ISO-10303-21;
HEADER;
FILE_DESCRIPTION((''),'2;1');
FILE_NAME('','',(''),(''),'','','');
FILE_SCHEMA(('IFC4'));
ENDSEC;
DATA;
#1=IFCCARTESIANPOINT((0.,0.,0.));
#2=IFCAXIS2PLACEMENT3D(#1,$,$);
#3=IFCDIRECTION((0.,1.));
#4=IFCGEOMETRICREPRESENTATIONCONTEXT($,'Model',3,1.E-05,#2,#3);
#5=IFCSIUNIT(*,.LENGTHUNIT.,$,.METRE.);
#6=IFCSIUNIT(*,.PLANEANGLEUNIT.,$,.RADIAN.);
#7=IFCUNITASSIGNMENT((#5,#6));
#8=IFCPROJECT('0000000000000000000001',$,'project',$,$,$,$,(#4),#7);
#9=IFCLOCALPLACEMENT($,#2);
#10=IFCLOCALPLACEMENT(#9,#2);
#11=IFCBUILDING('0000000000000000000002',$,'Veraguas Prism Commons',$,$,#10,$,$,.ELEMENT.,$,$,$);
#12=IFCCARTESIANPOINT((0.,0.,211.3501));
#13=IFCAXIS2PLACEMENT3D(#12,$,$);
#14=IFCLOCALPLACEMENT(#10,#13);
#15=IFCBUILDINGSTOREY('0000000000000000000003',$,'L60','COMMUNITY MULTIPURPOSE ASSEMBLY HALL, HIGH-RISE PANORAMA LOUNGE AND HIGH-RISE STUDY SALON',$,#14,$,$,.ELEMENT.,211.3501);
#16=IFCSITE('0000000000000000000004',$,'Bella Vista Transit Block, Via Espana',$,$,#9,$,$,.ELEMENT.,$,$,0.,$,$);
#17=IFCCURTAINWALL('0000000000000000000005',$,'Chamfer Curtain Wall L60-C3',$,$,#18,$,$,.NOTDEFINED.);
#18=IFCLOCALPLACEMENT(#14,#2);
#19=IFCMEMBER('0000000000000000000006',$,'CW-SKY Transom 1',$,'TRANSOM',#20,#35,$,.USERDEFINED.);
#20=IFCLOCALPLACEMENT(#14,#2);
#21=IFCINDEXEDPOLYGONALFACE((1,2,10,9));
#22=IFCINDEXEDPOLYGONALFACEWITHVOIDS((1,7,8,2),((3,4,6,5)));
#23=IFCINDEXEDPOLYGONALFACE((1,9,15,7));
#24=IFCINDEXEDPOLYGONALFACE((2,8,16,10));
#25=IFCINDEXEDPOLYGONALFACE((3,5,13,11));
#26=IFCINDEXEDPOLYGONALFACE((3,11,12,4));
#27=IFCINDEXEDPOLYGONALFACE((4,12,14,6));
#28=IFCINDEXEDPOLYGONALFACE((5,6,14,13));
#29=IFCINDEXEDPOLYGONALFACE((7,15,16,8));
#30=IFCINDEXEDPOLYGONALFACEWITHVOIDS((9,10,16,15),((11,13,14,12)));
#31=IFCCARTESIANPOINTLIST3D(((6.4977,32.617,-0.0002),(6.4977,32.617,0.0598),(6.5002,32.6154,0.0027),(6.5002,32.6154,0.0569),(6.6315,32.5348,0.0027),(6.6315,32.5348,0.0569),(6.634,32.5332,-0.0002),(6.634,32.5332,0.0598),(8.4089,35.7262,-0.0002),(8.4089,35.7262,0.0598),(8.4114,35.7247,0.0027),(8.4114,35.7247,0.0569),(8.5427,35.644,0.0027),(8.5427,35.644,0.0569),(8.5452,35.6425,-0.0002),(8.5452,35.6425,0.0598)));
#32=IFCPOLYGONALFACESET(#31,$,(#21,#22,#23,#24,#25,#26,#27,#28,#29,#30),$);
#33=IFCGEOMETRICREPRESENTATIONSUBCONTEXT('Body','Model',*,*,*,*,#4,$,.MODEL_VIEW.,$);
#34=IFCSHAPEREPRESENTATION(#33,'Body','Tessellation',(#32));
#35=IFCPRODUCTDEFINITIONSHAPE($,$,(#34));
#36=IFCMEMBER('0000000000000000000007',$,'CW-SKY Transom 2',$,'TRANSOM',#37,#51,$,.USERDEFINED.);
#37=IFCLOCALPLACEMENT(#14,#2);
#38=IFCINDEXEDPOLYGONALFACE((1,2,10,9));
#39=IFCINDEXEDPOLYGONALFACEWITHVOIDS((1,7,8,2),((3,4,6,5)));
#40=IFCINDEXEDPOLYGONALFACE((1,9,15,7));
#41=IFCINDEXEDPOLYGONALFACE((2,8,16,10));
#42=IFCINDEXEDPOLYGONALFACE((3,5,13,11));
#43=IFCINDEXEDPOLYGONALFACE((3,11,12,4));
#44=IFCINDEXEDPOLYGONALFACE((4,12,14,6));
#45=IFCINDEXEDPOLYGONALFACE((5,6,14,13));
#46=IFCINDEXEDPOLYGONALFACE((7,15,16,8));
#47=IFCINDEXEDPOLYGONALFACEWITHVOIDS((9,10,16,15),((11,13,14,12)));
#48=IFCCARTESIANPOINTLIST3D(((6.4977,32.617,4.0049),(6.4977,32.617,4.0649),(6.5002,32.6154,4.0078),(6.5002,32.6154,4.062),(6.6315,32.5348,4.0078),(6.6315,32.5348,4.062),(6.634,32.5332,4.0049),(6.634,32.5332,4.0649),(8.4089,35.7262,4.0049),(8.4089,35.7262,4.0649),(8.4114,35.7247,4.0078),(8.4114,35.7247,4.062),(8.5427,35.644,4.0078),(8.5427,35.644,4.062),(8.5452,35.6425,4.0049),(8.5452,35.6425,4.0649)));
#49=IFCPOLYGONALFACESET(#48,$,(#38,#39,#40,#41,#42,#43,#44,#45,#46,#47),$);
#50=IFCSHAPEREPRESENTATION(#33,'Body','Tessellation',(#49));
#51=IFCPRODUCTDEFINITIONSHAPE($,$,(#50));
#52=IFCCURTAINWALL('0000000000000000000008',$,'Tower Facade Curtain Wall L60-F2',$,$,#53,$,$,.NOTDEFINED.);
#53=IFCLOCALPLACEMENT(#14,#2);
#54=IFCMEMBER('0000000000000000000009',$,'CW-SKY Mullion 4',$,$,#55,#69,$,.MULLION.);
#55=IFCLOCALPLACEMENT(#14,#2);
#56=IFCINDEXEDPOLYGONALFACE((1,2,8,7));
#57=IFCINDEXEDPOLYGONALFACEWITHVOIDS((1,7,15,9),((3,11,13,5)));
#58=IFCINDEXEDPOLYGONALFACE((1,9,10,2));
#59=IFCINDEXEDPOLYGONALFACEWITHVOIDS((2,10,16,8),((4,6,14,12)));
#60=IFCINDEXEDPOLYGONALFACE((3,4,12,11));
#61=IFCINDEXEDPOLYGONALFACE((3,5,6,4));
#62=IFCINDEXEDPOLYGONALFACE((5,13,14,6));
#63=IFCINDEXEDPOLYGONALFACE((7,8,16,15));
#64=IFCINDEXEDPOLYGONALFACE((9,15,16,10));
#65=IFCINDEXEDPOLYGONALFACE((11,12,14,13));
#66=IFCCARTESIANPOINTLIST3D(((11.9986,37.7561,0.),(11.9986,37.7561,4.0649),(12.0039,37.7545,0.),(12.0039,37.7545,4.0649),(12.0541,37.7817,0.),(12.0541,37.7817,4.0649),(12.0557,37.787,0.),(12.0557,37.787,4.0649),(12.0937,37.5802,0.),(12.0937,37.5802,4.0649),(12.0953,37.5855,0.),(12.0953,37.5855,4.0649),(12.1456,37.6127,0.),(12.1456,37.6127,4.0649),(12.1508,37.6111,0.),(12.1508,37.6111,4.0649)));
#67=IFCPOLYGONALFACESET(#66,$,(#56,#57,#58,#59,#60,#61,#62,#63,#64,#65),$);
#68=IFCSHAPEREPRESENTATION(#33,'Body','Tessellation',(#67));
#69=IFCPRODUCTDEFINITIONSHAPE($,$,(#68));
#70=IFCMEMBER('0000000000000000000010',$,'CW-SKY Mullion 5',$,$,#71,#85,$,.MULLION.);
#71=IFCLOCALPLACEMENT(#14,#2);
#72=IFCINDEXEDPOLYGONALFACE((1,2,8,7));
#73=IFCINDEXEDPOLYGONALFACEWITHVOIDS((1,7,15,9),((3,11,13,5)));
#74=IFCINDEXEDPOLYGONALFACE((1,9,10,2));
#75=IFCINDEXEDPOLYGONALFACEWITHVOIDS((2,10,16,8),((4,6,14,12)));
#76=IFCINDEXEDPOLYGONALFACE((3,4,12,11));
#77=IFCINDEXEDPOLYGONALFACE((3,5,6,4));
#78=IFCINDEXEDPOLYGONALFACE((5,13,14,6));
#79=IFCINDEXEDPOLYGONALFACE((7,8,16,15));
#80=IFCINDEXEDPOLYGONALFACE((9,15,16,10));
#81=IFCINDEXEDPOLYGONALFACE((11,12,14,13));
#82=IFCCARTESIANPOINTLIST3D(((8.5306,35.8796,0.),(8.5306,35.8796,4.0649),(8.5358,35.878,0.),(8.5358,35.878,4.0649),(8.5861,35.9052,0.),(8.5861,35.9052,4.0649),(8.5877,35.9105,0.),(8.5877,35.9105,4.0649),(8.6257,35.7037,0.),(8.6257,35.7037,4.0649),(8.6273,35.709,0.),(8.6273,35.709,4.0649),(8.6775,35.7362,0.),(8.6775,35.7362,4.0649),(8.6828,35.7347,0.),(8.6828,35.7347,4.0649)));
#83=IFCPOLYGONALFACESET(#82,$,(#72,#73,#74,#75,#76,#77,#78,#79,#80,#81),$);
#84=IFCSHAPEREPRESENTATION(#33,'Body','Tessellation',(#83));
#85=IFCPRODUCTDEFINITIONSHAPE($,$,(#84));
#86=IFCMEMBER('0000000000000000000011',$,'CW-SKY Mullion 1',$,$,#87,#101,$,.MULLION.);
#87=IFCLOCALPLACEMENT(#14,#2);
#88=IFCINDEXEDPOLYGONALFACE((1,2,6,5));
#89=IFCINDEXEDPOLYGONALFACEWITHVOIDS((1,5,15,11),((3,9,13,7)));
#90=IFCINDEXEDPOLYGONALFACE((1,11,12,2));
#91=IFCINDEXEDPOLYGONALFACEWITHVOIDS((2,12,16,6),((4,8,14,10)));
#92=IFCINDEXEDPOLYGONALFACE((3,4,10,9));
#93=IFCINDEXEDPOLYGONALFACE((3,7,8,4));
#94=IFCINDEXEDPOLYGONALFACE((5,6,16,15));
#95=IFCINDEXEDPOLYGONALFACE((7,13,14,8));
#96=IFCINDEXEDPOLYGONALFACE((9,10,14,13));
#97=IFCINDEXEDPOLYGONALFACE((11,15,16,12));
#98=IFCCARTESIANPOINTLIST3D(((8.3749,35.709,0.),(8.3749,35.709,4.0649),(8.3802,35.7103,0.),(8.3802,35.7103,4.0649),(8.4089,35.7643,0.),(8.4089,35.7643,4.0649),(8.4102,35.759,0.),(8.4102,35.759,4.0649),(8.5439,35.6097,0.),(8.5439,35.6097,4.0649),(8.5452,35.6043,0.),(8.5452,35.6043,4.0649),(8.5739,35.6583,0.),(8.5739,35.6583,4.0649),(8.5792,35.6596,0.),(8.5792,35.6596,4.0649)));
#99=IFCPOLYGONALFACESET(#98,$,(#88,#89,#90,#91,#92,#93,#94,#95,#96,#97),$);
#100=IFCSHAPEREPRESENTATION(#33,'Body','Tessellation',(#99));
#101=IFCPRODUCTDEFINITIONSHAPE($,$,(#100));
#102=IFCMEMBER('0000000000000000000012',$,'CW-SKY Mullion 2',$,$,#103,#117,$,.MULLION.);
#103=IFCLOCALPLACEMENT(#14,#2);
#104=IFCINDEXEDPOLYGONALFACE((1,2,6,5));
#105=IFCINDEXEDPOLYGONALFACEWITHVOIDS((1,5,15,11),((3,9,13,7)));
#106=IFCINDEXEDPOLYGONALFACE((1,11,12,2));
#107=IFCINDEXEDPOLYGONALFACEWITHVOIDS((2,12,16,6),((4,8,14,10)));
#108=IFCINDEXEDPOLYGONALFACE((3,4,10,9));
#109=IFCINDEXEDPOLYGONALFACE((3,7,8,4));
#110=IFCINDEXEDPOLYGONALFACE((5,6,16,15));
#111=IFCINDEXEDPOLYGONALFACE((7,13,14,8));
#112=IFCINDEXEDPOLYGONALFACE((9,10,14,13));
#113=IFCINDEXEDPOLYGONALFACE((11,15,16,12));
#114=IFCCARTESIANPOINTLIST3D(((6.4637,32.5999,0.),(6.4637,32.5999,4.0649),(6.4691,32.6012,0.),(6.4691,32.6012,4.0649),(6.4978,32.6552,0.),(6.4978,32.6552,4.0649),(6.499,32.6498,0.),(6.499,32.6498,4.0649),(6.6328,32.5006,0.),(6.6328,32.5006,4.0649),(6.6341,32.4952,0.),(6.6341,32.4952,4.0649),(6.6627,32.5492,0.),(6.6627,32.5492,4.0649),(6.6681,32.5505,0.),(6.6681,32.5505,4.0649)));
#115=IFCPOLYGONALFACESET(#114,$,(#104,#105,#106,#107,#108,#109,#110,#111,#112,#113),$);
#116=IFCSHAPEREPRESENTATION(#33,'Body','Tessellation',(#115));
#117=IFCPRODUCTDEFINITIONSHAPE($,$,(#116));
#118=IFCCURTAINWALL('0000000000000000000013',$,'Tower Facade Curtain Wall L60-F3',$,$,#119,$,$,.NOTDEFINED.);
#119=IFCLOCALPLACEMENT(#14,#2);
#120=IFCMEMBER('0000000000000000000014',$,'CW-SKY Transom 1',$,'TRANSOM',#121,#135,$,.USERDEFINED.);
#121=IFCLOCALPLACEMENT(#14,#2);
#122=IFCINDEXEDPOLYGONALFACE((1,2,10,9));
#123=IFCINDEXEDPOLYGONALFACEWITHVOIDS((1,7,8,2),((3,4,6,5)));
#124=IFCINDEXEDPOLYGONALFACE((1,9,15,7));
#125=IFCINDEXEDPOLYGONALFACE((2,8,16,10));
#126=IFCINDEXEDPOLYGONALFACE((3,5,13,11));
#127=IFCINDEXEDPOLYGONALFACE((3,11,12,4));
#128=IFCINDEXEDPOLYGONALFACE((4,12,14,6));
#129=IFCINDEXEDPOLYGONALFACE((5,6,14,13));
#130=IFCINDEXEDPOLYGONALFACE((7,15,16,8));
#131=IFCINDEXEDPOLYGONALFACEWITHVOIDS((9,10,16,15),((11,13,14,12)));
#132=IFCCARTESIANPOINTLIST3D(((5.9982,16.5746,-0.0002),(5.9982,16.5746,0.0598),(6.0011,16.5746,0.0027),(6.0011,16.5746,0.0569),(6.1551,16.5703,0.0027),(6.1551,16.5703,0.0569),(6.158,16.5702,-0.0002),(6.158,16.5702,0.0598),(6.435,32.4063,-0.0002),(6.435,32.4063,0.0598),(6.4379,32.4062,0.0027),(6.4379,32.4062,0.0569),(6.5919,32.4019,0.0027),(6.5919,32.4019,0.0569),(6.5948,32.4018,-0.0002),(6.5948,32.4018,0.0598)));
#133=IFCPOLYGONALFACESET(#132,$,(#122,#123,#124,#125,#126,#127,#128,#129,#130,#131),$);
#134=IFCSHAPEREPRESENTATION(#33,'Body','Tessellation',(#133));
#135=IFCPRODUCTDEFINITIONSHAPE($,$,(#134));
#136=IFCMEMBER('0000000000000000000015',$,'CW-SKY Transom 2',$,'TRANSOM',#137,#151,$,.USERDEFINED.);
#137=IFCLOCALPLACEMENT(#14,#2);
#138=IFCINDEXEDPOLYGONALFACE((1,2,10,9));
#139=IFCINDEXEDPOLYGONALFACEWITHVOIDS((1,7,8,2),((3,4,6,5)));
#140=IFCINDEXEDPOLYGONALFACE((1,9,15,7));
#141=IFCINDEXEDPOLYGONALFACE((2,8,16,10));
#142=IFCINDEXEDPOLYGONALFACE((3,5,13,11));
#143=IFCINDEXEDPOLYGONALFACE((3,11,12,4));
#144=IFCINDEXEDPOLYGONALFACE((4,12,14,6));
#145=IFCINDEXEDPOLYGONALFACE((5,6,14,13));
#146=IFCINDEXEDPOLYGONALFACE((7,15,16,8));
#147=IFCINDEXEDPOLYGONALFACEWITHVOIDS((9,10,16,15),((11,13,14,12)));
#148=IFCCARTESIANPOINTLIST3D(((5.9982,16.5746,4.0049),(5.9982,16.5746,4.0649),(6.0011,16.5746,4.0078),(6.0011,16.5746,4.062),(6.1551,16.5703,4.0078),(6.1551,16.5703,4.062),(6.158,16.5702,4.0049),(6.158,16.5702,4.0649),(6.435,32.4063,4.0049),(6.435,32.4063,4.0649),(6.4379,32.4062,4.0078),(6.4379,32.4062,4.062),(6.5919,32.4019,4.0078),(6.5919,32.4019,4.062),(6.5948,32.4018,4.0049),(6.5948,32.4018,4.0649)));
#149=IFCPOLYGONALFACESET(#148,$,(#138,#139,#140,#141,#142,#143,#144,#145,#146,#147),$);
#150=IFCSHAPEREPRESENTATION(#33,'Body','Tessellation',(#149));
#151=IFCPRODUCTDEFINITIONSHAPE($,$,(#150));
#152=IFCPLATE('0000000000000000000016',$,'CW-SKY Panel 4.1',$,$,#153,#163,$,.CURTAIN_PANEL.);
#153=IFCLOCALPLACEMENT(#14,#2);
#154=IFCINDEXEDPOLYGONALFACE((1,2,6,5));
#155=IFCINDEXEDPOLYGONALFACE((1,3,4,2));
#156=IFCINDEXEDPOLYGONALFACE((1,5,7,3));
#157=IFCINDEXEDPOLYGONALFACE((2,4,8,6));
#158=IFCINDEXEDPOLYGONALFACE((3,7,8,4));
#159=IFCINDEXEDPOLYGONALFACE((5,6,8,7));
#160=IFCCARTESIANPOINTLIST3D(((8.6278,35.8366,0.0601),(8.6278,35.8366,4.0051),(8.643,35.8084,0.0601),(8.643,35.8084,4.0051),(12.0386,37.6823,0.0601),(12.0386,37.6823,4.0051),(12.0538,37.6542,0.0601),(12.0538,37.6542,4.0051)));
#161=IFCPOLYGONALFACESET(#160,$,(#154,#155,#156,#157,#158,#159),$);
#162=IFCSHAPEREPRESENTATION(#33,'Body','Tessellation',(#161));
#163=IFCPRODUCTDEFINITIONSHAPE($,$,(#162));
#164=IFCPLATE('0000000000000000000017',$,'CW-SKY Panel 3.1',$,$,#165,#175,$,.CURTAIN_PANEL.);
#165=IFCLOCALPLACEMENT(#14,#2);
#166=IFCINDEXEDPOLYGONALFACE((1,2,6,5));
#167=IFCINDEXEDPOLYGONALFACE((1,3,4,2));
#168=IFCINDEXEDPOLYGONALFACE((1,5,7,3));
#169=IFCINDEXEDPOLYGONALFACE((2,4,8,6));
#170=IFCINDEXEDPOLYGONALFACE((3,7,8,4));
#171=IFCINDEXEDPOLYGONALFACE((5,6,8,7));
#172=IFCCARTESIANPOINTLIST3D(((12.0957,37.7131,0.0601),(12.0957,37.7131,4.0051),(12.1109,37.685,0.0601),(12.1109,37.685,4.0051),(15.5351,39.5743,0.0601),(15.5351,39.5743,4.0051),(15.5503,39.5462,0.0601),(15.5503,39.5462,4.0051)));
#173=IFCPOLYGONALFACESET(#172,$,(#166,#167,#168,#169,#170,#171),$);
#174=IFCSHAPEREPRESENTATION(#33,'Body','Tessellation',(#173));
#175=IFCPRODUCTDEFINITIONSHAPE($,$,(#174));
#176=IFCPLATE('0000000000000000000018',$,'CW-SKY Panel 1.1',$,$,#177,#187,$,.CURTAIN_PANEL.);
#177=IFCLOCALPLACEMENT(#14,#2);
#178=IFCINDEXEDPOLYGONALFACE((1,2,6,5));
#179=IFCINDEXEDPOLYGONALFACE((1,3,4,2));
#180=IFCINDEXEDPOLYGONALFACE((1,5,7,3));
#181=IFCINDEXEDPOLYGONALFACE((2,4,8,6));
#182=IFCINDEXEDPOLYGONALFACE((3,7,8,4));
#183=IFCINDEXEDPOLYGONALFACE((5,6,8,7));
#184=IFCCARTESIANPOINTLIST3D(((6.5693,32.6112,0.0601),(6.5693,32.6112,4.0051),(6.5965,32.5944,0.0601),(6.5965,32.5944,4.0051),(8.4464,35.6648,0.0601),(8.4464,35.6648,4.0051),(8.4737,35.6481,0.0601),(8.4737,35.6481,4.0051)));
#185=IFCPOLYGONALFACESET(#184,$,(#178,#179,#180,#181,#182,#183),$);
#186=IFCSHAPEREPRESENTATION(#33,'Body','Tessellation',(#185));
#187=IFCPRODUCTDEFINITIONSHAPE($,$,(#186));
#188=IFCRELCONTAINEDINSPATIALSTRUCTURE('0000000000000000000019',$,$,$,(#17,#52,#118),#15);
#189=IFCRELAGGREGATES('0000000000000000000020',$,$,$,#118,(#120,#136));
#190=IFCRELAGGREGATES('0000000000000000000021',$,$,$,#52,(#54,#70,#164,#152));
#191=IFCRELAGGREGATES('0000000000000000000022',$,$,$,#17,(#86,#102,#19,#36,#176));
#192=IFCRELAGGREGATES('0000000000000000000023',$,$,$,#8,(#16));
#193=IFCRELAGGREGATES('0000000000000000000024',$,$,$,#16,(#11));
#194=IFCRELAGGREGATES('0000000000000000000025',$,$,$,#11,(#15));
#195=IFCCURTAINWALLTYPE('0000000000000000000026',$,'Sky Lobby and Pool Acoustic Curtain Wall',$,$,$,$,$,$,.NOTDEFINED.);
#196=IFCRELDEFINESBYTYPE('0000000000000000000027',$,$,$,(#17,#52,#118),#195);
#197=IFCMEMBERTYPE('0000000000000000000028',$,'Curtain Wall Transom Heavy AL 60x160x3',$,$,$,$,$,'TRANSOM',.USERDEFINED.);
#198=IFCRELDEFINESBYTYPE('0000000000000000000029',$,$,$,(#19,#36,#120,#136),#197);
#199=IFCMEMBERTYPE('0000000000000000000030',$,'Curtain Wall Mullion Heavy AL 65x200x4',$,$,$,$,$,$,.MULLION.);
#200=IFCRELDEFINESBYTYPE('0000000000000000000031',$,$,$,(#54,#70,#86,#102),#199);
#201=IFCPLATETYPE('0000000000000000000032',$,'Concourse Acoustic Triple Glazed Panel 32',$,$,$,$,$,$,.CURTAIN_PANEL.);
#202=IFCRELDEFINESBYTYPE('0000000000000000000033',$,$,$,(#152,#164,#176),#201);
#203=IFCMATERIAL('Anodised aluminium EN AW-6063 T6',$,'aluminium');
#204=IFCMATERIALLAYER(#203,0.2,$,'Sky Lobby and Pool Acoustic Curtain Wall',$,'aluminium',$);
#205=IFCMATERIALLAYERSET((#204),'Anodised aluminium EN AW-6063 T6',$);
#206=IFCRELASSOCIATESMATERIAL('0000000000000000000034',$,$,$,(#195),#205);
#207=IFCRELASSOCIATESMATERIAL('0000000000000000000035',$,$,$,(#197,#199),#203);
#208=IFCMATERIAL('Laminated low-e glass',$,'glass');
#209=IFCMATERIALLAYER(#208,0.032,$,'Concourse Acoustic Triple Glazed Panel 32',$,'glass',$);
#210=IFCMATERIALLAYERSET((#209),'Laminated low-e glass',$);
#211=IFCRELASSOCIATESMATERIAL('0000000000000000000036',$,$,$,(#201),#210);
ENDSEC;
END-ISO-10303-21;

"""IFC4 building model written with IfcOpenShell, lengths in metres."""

from ifc_helpers import new_model, si_unit, direction, frame, origin, origin_2d, place, context, subcontext, project, spatial, rectangle, hollow_rectangle, extrude, source, transform, mapped, material, layer, layer_set, material_profile, profile_set, type_object, element, aggregate, save


model = new_model("IFC4")

# Units and contexts
model_context = context("Model", 3, precision=1e-05, world=origin(), true_north=direction((0.0, 1.0)))
body_context = subcontext(model_context, "Body", "Model", "MODEL_VIEW")
ifc_project = project(units=[si_unit("LENGTHUNIT", "METRE"), si_unit("PLANEANGLEUNIT", "RADIAN")], contexts=[model_context])

# Site, building, storey
site_placement = place(None, origin())
site = spatial("IfcSite", under=ifc_project, at=site_placement, Name="Bella Vista Transit Block, Via Espana", CompositionType="ELEMENT", RefElevation=0.0)
building_placement = place(site_placement, origin())
building = spatial("IfcBuilding", under=site, at=building_placement, Name="Veraguas Prism Commons", CompositionType="ELEMENT")
storey_placement = place(building_placement, frame((0.0, 0.0, 211.3501)))
storey = spatial("IfcBuildingStorey", under=building, at=storey_placement, Name="L60", Description="COMMUNITY MULTIPURPOSE ASSEMBLY HALL, HIGH-RISE PANORAMA LOUNGE AND HIGH-RISE STUDY SALON", CompositionType="ELEMENT", Elevation=211.3501)

# Curtain walls, members
ifc_material_1 = material(Name="Anodised aluminium EN AW-6063 T6", Category="aluminium")
ifc_layer_1 = layer(ifc_material_1, 0.2, Name="Sky Lobby and Pool Acoustic Curtain Wall", Category="aluminium")
ifc_layer_set_1 = layer_set([ifc_layer_1], Name="Anodised aluminium EN AW-6063 T6")
curtain_wall_type = type_object("IfcCurtainWallType", Name="Sky Lobby and Pool Acoustic Curtain Wall", PredefinedType="NOTDEFINED", material=ifc_layer_set_1)
curtain_wall_1_placement = place(storey_placement, origin())
curtain_wall_1 = element("IfcCurtainWall", 1, at=curtain_wall_1_placement, inside=storey, type_object=curtain_wall_type, Name="Chamfer Curtain Wall L60-C3", PredefinedType="NOTDEFINED")
ifc_material_profile_1 = material_profile(ifc_material_1, hollow_rectangle(XDim=0.0601, YDim=0.1599, WallThickness=0.0029, at=origin_2d()), Name="AL60X160X3")
ifc_profile_set_1 = profile_set([ifc_material_profile_1], Name="Anodised aluminium EN AW-6063 T6")
member_type_1 = type_object("IfcMemberType", Name="Curtain Wall Transom Heavy AL 60x160x3", ElementType="TRANSOM", PredefinedType="USERDEFINED", material=ifc_profile_set_1)
shared_shape_1 = source(origin(), body_context, "Body", "SweptSolid", [
    extrude(hollow_rectangle(XDim=0.0601, YDim=0.1599, WallThickness=0.0029, at=origin_2d()), origin(), (0.0, 0.0, 1.0), 3.6497),
])
member_1_placement = place(storey_placement, frame((8.4771, 35.6843, 0.0298), z_axis=(-0.523664, -0.851925, 0.0), x_axis=(0.0, 0.0, 1.0)))
member_1 = element("IfcMember", 2, at=member_1_placement, type_object=member_type_1, Name="CW-SKY Transom 1", ObjectType="TRANSOM", PredefinedType="USERDEFINED", context=body_context, shape_type="MappedRepresentation", body=[
    mapped(shared_shape_1, transform((0.0, 0.0, 0.0), scale=1.0)),
])
member_2_placement = place(storey_placement, frame((8.4771, 35.6843, 4.0349), z_axis=(-0.523664, -0.851925, 0.0), x_axis=(0.0, 0.0, 1.0)))
member_2 = element("IfcMember", 3, at=member_2_placement, type_object=member_type_1, Name="CW-SKY Transom 2", ObjectType="TRANSOM", PredefinedType="USERDEFINED", context=body_context, shape_type="MappedRepresentation", body=[
    mapped(shared_shape_1, transform((0.0, 0.0, 0.0), scale=1.0)),
])
curtain_wall_2_placement = place(storey_placement, origin())
curtain_wall_2 = element("IfcCurtainWall", 4, at=curtain_wall_2_placement, inside=storey, type_object=curtain_wall_type, Name="Tower Facade Curtain Wall L60-F2", PredefinedType="NOTDEFINED")
ifc_material_profile_2 = material_profile(ifc_material_1, hollow_rectangle(XDim=0.0649, YDim=0.2, WallThickness=0.0039, at=origin_2d()), Name="AL65X200X4")
ifc_profile_set_2 = profile_set([ifc_material_profile_2], Name="Anodised aluminium EN AW-6063 T6")
member_type_2 = type_object("IfcMemberType", Name="Curtain Wall Mullion Heavy AL 65x200x4", PredefinedType="MULLION", material=ifc_profile_set_2)
shared_shape_2 = source(origin(), body_context, "Body", "SweptSolid", [
    extrude(hollow_rectangle(XDim=0.0649, YDim=0.2, WallThickness=0.0039, at=origin_2d()), origin(), (0.0, 0.0, 1.0), 4.0649),
])
member_3_placement = place(storey_placement, frame((12.0747, 37.6836, 0.0), z_axis=(0.0, 0.0, 1.0), x_axis=(-0.879484, -0.475928, 0.0)))
member_3 = element("IfcMember", 5, at=member_3_placement, type_object=member_type_2, Name="CW-SKY Mullion 4", PredefinedType="MULLION", context=body_context, shape_type="MappedRepresentation", body=[
    mapped(shared_shape_2, transform((0.0, 0.0, 0.0), scale=1.0)),
])
member_4_placement = place(storey_placement, frame((8.6067, 35.8071, 0.0), z_axis=(0.0, 0.0, 1.0), x_axis=(-0.879484, -0.475928, 0.0)))
member_4 = element("IfcMember", 6, at=member_4_placement, type_object=member_type_2, Name="CW-SKY Mullion 5", PredefinedType="MULLION", context=body_context, shape_type="MappedRepresentation", body=[
    mapped(shared_shape_2, transform((0.0, 0.0, 0.0), scale=1.0)),
])

# Members
member_5_placement = place(storey_placement, frame((8.4771, 35.6843, 0.0), z_axis=(0.0, 0.0, 1.0), x_axis=(-0.523695, -0.851906, 0.0)))
member_5 = element("IfcMember", 7, at=member_5_placement, type_object=member_type_2, Name="CW-SKY Mullion 1", PredefinedType="MULLION", context=body_context, shape_type="MappedRepresentation", body=[
    mapped(shared_shape_2, transform((0.0, 0.0, 0.0), scale=1.0)),
])
member_6_placement = place(storey_placement, frame((6.5659, 32.5752, 0.0), z_axis=(0.0, 0.0, 1.0), x_axis=(-0.523695, -0.851906, 0.0)))
member_6 = element("IfcMember", 8, at=member_6_placement, type_object=member_type_2, Name="CW-SKY Mullion 2", PredefinedType="MULLION", context=body_context, shape_type="MappedRepresentation", body=[
    mapped(shared_shape_2, transform((0.0, 0.0, 0.0), scale=1.0)),
])

# Curtain wall, members
curtain_wall_3_placement = place(storey_placement, origin())
curtain_wall_3 = element("IfcCurtainWall", 9, at=curtain_wall_3_placement, inside=storey, type_object=curtain_wall_type, Name="Tower Facade Curtain Wall L60-F3", PredefinedType="NOTDEFINED")
shared_shape_3 = source(origin(), body_context, "Body", "SweptSolid", [
    extrude(hollow_rectangle(XDim=0.0601, YDim=0.1599, WallThickness=0.0029, at=origin_2d()), origin(), (0.0, 0.0, 1.0), 15.8376),
])
member_7_placement = place(storey_placement, frame((6.5149, 32.4041, 0.0298), z_axis=(-0.027578, -0.99962, 0.0), x_axis=(0.0, 0.0, 1.0)))
member_7 = element("IfcMember", 10, at=member_7_placement, type_object=member_type_1, Name="CW-SKY Transom 1", ObjectType="TRANSOM", PredefinedType="USERDEFINED", context=body_context, shape_type="MappedRepresentation", body=[
    mapped(shared_shape_3, transform((0.0, 0.0, 0.0), scale=1.0)),
])
member_8_placement = place(storey_placement, frame((6.5149, 32.4041, 4.0349), z_axis=(-0.027578, -0.99962, 0.0), x_axis=(0.0, 0.0, 1.0)))
member_8 = element("IfcMember", 11, at=member_8_placement, type_object=member_type_1, Name="CW-SKY Transom 2", ObjectType="TRANSOM", PredefinedType="USERDEFINED", context=body_context, shape_type="MappedRepresentation", body=[
    mapped(shared_shape_3, transform((0.0, 0.0, 0.0), scale=1.0)),
])
aggregate(curtain_wall_3, [member_7, member_8])

# Plates
ifc_material_2 = material(Name="Laminated low-e glass", Category="glass")
ifc_layer_2 = layer(ifc_material_2, 0.032, Name="Concourse Acoustic Triple Glazed Panel 32", Category="glass")
ifc_layer_set_2 = layer_set([ifc_layer_2], Name="Laminated low-e glass")
plate_type = type_object("IfcPlateType", Name="Concourse Acoustic Triple Glazed Panel 32", PredefinedType="CURTAIN_PANEL", material=ifc_layer_set_2)
shared_shape_4 = source(origin(), body_context, "Body", "SweptSolid", [
    extrude(rectangle(XDim=3.8782, YDim=0.032, at=origin_2d()), origin(), (0.0, 0.0, 1.0), 3.9451),
])
plate_1_placement = place(storey_placement, frame((10.3408, 36.7454, 0.0601), z_axis=(0.0, 0.0, 1.0), x_axis=(-0.879484, -0.475928, 0.0)))
plate_1 = element("IfcPlate", 12, at=plate_1_placement, type_object=plate_type, Name="CW-SKY Panel 4.1", PredefinedType="CURTAIN_PANEL", context=body_context, shape_type="MappedRepresentation", body=[
    mapped(shared_shape_4, transform((0.0, 0.0, 0.0), scale=1.0)),
])
shared_shape_5 = source(origin(), body_context, "Body", "SweptSolid", [
    extrude(rectangle(XDim=3.9106, YDim=0.032, at=origin_2d()), origin(), (0.0, 0.0, 1.0), 3.9451),
])
plate_2_placement = place(storey_placement, frame((13.823, 38.6296, 0.0601), z_axis=(0.0, 0.0, 1.0), x_axis=(-0.879484, -0.475928, 0.0)))
plate_2 = element("IfcPlate", 13, at=plate_2_placement, type_object=plate_type, Name="CW-SKY Panel 3.1", PredefinedType="CURTAIN_PANEL", context=body_context, shape_type="MappedRepresentation", body=[
    mapped(shared_shape_5, transform((0.0, 0.0, 0.0), scale=1.0)),
])
aggregate(curtain_wall_2, [member_3, member_4, plate_2, plate_1])
shared_shape_6 = source(origin(), body_context, "Body", "SweptSolid", [
    extrude(rectangle(XDim=3.5845, YDim=0.032, at=origin_2d()), origin(), (0.0, 0.0, 1.0), 3.9451),
])
plate_3_placement = place(storey_placement, frame((7.5215, 34.1296, 0.0601), z_axis=(0.0, 0.0, 1.0), x_axis=(-0.523695, -0.851906, 0.0)))
plate_3 = element("IfcPlate", 14, at=plate_3_placement, type_object=plate_type, Name="CW-SKY Panel 1.1", PredefinedType="CURTAIN_PANEL", context=body_context, shape_type="MappedRepresentation", body=[
    mapped(shared_shape_6, transform((0.0, 0.0, 0.0), scale=1.0)),
])
aggregate(curtain_wall_1, [member_5, member_6, member_1, member_2, plate_3])

save(model, "model.ifc")
